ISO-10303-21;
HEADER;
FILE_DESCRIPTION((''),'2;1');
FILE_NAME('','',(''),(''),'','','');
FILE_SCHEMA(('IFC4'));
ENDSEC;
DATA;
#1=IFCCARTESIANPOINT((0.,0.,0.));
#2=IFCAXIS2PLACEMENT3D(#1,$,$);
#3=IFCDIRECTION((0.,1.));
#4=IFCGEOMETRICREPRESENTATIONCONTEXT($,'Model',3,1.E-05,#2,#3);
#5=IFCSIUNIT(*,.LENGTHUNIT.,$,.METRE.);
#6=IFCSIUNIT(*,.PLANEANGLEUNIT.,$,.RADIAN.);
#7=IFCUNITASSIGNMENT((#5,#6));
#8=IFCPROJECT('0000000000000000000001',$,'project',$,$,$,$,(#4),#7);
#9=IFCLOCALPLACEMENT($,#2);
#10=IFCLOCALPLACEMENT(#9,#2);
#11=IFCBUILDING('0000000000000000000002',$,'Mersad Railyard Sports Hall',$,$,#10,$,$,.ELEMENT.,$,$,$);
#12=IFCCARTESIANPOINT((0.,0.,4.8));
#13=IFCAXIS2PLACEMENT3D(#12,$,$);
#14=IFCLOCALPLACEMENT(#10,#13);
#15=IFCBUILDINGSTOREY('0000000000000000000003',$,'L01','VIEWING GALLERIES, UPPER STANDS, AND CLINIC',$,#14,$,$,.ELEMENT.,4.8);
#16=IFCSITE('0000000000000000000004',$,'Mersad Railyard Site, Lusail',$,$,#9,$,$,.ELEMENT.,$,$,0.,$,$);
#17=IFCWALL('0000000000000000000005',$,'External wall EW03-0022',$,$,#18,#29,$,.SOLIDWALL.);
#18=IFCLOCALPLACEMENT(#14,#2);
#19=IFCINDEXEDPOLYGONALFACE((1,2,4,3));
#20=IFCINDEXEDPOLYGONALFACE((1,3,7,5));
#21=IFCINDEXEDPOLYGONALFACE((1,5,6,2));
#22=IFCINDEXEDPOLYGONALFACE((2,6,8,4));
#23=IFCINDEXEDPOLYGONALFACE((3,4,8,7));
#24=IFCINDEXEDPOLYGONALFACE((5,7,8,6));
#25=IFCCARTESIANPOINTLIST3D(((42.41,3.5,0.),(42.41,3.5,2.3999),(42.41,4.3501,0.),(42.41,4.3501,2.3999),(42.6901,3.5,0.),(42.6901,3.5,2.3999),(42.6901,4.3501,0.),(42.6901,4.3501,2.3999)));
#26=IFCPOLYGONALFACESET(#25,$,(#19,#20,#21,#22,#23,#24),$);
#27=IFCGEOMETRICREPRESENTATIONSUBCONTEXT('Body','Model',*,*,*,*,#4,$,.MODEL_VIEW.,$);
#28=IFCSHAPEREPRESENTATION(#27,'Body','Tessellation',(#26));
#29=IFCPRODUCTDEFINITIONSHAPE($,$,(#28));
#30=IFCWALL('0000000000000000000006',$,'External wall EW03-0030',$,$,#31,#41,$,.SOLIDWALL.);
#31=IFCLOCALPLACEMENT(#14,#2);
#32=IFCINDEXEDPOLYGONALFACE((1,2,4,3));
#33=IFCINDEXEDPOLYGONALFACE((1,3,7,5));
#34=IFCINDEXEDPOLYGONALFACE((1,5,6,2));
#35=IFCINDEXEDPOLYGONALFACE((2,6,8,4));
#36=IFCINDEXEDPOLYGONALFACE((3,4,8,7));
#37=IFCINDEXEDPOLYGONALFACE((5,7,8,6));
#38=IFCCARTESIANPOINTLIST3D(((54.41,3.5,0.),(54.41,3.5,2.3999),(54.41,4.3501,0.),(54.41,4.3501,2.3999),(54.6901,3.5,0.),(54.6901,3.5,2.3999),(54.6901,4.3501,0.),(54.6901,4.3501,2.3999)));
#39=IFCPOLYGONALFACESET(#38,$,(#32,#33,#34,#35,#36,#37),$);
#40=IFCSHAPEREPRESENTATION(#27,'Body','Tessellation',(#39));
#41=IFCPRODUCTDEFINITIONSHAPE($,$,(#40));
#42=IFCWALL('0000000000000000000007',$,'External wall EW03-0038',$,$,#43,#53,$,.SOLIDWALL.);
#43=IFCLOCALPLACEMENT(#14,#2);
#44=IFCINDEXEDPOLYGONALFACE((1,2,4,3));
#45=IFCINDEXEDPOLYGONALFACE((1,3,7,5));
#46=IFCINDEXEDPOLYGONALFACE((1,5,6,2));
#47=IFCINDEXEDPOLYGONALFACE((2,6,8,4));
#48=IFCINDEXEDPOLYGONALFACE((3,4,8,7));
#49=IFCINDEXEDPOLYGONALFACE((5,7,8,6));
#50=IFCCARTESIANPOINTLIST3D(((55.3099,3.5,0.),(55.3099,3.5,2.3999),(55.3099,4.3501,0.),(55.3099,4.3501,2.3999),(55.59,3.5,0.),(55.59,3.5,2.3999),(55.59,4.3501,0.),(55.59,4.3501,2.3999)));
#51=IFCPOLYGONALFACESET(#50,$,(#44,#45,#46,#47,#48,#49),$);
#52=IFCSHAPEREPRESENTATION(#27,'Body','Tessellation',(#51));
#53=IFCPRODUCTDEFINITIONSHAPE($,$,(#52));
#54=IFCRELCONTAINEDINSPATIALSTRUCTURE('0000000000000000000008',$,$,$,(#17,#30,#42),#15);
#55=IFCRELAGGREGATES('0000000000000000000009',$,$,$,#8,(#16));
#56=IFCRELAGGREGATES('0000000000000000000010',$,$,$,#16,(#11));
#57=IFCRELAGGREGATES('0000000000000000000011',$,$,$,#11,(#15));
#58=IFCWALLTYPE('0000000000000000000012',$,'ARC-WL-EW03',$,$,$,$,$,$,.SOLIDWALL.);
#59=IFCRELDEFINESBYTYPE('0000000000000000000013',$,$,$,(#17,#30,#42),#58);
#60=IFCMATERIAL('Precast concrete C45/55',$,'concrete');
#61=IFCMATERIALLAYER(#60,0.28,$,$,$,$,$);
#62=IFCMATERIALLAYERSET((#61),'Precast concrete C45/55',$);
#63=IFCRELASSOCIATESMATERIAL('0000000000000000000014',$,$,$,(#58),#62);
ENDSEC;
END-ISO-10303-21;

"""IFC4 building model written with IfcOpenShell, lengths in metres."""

from ifc_helpers import new_model, si_unit, direction, frame, frame_2d, origin, place, context, subcontext, project, spatial, rectangle, extrude, material, layer, layer_set, type_object, element, save


model = new_model("IFC4")

# Units and contexts
model_context = context("Model", 3, precision=1e-05, world=origin(), true_north=direction((0.0, 1.0)))
body_context = subcontext(model_context, "Body", "Model", "MODEL_VIEW")
ifc_project = project(units=[si_unit("LENGTHUNIT", "METRE"), si_unit("PLANEANGLEUNIT", "RADIAN")], contexts=[model_context])

# Site, building, storey
site_placement = place(None, origin())
site = spatial("IfcSite", under=ifc_project, at=site_placement, Name="Mersad Railyard Site, Lusail", CompositionType="ELEMENT", RefElevation=0.0)
building_placement = place(site_placement, origin())
building = spatial("IfcBuilding", under=site, at=building_placement, Name="Mersad Railyard Sports Hall", CompositionType="ELEMENT")
storey_placement = place(building_placement, frame((0.0, 0.0, 4.8)))
storey = spatial("IfcBuildingStorey", under=building, at=storey_placement, Name="L01", Description="VIEWING GALLERIES, UPPER STANDS, AND CLINIC", CompositionType="ELEMENT", Elevation=4.8)

# Walls
ifc_material_1 = material(Name="Precast concrete C45/55", Category="concrete")
ifc_layer_1 = layer(ifc_material_1, 0.28)
ifc_layer_set_1 = layer_set([ifc_layer_1], Name="Precast concrete C45/55")
wall_type = type_object("IfcWallType", Name="ARC-WL-EW03", PredefinedType="SOLIDWALL", material=ifc_layer_set_1)
for number, where, z_axis, x_axis, name in (
    (1, (42.55, 4.3501, 0.0), (0.0, 0.0, 1.0), (0.0, -1.0, 0.0), "External wall EW03-0022"),
    (2, (54.55, 4.3501, 0.0), (0.0, 0.0, 1.0), (0.0, -1.0, 0.0), "External wall EW03-0030"),
    (3, (55.45, 3.5, 0.0), (0.0, 0.0, 1.0), (0.0, 1.0, 0.0), "External wall EW03-0038"),
):
    element("IfcWall", number, at=place(storey_placement, frame(where, z_axis=z_axis, x_axis=x_axis)), inside=storey, type_object=wall_type, Name=name, PredefinedType="SOLIDWALL", context=body_context, shape_type="SweptSolid", body=[
        extrude(rectangle(XDim=0.8501, YDim=0.28, at=frame_2d((0.425, 0.0))), origin(), (0.0, 0.0, 1.0), 2.3999),
    ])

save(model, "model.ifc")
